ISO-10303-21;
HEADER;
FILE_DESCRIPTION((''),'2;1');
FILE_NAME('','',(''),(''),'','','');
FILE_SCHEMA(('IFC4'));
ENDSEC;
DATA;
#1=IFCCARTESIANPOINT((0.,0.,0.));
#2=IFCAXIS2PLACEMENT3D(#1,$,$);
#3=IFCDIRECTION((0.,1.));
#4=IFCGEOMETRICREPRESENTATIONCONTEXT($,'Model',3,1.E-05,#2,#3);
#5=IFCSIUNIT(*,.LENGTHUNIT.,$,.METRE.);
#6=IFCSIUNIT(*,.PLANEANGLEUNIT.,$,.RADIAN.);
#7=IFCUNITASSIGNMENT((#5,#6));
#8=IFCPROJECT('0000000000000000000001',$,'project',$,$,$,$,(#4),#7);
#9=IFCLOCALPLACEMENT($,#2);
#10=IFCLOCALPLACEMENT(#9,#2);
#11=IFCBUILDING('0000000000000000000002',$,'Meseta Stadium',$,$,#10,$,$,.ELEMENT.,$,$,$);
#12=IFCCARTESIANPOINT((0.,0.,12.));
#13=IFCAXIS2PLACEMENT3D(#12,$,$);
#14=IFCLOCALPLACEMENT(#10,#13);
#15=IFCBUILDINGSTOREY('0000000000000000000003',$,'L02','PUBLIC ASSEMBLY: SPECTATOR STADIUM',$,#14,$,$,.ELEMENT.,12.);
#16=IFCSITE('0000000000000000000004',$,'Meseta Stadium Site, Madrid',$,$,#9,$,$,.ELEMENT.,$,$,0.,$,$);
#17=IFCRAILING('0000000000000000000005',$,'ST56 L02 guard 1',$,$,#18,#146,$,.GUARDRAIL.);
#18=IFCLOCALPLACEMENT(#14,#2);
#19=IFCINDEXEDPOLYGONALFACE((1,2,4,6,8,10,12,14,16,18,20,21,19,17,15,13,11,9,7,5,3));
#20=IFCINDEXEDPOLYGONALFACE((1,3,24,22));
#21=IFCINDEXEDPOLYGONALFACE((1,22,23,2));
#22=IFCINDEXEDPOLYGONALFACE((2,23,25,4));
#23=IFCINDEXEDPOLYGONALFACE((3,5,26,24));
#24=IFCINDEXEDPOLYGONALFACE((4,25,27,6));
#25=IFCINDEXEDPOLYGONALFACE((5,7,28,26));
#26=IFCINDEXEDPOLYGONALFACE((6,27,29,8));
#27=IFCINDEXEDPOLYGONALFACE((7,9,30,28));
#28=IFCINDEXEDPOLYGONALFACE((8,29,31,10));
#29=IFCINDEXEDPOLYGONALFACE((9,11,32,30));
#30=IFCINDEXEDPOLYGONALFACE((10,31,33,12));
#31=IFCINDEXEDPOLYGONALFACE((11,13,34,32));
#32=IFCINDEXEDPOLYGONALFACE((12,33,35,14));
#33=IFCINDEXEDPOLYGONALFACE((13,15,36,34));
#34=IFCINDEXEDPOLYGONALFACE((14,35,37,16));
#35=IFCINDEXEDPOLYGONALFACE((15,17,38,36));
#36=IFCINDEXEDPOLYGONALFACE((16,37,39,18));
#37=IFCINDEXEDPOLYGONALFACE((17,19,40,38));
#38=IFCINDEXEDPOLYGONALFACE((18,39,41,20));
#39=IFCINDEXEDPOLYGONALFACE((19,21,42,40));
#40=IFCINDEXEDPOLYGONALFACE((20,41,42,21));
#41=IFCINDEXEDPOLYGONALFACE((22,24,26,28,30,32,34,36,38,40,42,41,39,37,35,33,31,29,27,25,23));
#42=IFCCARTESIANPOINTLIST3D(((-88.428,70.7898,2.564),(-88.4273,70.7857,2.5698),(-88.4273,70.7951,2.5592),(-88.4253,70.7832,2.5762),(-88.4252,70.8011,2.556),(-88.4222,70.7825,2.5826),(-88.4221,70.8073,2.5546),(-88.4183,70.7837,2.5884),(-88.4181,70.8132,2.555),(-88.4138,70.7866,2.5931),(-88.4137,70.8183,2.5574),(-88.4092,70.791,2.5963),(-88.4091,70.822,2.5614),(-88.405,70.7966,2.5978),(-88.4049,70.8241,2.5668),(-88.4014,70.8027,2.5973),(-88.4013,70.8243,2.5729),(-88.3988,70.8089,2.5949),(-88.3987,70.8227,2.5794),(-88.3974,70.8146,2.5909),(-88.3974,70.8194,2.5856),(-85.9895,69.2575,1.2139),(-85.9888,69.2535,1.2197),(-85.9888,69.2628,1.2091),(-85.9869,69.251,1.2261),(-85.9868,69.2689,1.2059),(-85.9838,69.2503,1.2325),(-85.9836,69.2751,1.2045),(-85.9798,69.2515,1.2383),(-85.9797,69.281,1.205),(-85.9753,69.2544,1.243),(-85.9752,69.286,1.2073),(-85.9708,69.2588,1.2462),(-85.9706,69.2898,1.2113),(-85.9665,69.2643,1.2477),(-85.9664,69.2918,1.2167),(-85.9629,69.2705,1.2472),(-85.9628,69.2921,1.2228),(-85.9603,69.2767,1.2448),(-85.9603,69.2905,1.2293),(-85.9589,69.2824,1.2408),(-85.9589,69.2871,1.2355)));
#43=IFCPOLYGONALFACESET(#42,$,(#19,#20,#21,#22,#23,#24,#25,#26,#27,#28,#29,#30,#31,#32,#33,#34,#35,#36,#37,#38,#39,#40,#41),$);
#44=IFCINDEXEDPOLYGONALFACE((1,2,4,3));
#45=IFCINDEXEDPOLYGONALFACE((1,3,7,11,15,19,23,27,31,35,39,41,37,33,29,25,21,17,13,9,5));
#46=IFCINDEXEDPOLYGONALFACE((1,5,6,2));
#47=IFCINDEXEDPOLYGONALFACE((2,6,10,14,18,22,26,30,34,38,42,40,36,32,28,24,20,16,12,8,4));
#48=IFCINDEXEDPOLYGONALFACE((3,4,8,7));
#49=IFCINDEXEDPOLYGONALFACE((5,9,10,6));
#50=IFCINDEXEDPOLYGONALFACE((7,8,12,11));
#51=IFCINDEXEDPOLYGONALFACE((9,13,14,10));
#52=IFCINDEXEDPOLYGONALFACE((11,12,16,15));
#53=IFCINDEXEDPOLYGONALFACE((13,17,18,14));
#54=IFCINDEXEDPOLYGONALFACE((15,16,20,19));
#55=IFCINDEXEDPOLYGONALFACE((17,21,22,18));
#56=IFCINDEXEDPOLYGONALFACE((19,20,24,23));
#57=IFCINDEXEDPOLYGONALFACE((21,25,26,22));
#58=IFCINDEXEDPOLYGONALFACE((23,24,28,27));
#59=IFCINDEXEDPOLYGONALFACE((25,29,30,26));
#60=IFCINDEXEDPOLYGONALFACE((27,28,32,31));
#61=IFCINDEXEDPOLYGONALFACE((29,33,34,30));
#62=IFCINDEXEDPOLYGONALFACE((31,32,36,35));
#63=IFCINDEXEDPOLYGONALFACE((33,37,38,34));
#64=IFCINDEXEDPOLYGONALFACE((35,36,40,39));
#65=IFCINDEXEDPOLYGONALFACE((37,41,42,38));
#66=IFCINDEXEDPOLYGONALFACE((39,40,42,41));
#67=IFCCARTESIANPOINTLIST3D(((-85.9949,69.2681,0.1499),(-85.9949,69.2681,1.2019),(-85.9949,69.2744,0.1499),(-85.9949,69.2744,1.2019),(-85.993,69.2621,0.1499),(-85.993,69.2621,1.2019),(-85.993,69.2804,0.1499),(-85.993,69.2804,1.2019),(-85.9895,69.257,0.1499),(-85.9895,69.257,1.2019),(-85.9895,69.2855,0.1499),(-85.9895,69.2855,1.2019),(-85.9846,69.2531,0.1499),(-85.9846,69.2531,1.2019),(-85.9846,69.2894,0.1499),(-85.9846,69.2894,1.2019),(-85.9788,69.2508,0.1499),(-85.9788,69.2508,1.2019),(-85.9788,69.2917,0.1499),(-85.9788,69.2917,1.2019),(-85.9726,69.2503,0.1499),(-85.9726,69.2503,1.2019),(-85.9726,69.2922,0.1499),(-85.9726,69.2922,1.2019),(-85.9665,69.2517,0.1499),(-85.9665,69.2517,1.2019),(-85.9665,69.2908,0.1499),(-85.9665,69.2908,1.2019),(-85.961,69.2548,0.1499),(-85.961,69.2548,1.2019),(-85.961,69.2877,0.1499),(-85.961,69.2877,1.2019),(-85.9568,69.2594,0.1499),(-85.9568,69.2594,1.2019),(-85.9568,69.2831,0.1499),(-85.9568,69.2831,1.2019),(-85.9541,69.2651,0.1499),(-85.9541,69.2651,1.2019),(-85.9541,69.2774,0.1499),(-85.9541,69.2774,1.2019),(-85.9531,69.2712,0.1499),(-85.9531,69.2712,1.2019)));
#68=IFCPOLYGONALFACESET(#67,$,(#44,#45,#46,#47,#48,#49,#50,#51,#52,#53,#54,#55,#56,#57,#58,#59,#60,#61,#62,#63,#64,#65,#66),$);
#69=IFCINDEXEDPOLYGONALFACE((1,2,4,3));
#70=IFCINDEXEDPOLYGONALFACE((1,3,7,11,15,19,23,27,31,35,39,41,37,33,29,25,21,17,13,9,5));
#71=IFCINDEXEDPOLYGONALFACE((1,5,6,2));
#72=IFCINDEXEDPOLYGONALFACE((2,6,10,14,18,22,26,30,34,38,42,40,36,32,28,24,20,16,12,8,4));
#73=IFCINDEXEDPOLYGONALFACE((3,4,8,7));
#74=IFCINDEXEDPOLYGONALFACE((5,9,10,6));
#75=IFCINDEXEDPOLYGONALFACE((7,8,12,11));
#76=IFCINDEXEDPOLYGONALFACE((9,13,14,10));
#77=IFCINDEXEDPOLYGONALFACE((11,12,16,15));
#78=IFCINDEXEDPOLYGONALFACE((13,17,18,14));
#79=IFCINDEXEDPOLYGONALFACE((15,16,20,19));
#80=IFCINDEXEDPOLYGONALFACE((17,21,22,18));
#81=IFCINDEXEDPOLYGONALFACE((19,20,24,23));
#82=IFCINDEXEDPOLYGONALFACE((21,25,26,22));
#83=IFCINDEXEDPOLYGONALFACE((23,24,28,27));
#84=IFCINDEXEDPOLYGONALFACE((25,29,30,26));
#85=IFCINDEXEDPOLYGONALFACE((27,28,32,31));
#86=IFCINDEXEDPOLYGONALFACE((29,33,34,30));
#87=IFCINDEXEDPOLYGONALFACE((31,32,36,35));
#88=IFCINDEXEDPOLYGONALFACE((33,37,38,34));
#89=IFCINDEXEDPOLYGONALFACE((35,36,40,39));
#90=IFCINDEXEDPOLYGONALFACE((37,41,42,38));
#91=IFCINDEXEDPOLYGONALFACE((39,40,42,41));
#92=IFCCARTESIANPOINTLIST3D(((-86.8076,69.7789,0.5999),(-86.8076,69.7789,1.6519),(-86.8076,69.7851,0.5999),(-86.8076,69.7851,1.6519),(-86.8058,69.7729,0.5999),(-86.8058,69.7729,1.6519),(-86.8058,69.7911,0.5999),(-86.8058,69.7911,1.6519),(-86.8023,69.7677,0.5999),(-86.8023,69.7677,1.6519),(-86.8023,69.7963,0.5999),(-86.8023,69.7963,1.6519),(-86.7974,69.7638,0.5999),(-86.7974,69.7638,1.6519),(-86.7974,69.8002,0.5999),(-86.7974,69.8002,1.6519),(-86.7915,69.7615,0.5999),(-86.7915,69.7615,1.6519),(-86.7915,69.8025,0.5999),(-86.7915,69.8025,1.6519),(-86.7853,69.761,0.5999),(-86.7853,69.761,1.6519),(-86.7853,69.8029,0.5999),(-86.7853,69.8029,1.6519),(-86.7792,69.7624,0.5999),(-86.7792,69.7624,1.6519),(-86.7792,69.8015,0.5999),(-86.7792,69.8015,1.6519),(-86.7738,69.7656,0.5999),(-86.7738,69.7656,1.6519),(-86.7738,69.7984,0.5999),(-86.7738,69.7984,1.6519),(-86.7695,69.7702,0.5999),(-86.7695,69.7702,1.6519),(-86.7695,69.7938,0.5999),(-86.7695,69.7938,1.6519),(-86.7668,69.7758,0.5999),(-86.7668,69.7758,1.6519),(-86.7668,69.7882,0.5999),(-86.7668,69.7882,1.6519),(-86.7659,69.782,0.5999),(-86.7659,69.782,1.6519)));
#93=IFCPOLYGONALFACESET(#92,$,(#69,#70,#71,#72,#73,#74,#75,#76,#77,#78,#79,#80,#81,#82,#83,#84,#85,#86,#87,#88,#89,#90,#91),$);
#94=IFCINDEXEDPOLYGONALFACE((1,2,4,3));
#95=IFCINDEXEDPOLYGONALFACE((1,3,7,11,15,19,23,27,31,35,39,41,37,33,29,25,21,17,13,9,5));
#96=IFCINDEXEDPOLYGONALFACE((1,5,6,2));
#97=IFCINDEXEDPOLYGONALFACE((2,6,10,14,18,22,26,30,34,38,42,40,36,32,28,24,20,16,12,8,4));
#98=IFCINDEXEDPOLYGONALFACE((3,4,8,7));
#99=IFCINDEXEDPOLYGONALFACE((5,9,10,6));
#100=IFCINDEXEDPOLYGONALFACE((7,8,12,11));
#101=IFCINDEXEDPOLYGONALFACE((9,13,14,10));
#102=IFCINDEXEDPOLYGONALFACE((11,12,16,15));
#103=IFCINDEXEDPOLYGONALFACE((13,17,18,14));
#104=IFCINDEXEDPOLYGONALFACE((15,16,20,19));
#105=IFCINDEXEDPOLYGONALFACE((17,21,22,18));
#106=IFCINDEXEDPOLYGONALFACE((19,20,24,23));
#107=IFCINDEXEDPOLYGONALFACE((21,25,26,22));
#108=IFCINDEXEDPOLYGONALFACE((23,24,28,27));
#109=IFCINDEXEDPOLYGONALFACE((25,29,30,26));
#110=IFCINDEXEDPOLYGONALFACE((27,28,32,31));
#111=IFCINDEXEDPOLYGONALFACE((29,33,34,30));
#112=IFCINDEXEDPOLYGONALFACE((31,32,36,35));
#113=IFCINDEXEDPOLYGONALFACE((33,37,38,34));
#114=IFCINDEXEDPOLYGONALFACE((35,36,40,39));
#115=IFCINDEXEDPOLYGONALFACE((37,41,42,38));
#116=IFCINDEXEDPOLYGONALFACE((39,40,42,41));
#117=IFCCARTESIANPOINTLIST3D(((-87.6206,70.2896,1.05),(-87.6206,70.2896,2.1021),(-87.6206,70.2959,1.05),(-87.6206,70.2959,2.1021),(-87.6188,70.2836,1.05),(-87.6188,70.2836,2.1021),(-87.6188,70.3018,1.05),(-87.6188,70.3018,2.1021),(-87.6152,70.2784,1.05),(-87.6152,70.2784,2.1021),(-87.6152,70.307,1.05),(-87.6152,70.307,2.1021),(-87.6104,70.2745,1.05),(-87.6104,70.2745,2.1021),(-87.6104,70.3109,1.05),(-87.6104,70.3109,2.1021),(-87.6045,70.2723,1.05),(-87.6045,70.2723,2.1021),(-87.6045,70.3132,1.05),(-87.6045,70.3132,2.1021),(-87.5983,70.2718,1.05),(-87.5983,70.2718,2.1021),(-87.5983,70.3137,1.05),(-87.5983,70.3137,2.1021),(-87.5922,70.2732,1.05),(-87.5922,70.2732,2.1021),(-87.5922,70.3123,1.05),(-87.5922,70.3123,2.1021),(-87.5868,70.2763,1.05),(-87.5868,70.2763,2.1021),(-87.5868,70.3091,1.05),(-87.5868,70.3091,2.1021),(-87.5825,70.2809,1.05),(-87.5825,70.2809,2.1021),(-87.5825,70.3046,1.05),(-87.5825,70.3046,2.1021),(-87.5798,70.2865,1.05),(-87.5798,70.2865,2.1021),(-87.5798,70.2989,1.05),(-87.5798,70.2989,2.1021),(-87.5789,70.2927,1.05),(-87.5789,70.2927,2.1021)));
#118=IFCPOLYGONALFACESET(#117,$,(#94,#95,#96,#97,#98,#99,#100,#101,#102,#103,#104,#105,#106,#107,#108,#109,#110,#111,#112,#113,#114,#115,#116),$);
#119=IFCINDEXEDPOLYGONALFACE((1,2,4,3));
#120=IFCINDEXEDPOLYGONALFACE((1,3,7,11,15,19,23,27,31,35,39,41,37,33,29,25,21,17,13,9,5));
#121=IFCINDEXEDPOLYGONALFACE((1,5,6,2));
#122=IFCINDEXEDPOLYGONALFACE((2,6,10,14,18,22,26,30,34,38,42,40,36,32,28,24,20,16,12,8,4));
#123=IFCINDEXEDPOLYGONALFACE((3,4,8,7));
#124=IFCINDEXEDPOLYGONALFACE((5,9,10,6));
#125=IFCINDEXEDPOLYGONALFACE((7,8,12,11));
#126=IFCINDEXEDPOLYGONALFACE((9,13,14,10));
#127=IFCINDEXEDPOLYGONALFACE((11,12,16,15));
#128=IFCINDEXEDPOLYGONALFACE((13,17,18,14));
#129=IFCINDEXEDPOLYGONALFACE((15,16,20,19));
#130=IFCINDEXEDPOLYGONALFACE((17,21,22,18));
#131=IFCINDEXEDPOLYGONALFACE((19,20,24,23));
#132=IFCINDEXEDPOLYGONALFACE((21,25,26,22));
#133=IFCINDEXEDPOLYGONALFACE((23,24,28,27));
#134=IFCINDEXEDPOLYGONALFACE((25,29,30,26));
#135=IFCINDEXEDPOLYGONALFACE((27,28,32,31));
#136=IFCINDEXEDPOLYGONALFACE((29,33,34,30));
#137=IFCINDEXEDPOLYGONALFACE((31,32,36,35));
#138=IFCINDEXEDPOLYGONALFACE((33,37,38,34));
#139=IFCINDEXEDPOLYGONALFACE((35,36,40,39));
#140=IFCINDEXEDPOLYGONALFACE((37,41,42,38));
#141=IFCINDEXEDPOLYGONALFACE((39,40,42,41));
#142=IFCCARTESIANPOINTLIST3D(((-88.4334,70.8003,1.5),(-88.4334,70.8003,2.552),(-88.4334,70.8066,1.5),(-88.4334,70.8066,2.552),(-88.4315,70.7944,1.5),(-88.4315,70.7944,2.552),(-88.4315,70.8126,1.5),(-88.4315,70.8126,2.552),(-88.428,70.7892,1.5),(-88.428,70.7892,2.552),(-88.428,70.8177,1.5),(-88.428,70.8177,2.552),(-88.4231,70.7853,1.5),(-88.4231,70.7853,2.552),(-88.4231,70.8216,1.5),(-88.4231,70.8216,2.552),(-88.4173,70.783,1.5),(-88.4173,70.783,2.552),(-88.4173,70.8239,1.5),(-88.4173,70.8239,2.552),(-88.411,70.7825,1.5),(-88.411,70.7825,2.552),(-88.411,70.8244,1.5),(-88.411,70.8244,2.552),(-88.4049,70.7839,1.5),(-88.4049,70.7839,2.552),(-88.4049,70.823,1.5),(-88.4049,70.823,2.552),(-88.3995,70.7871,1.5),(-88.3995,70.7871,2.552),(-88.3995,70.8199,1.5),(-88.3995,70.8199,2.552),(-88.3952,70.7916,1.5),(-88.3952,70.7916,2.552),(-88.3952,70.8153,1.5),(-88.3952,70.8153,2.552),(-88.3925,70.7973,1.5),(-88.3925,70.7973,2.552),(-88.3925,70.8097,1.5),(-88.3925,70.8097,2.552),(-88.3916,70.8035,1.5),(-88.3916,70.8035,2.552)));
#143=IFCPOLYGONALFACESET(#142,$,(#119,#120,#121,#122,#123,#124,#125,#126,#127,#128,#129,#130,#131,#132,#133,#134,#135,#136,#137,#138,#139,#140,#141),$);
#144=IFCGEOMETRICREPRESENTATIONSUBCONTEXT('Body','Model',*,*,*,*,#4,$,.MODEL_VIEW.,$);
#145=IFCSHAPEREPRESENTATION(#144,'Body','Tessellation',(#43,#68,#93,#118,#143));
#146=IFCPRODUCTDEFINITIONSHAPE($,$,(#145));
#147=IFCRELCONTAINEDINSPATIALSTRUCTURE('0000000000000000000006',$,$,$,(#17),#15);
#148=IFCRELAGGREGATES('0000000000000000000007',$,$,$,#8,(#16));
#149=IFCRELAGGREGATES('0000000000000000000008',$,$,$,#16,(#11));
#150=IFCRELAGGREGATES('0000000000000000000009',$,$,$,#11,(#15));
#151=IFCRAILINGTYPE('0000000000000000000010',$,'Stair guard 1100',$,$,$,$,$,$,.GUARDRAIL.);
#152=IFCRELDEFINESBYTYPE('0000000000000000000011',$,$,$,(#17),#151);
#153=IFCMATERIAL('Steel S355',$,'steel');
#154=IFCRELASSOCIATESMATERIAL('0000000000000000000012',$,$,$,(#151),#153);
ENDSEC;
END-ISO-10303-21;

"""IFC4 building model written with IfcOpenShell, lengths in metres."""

from ifc_helpers import new_model, si_unit, direction, frame, origin, origin_2d, place, context, subcontext, project, spatial, circle, extrude, material, type_object, element, save


model = new_model("IFC4")

# Units and contexts
model_context = context("Model", 3, precision=1e-05, world=origin(), true_north=direction((0.0, 1.0)))
body_context = subcontext(model_context, "Body", "Model", "MODEL_VIEW")
ifc_project = project(units=[si_unit("LENGTHUNIT", "METRE"), si_unit("PLANEANGLEUNIT", "RADIAN")], contexts=[model_context])

# Site, building, storey
site_placement = place(None, origin())
site = spatial("IfcSite", under=ifc_project, at=site_placement, Name="Meseta Stadium Site, Madrid", CompositionType="ELEMENT", RefElevation=0.0)
building_placement = place(site_placement, origin())
building = spatial("IfcBuilding", under=site, at=building_placement, Name="Meseta Stadium", CompositionType="ELEMENT")
storey_placement = place(building_placement, frame((0.0, 0.0, 12.0)))
storey = spatial("IfcBuildingStorey", under=building, at=storey_placement, Name="L02", Description="PUBLIC ASSEMBLY: SPECTATOR STADIUM", CompositionType="ELEMENT", Elevation=12.0)

# Railing
ifc_material_1 = material(Name="Steel S355", Category="steel")
railing_type_1 = type_object("IfcRailingType", Name="Stair guard 1100", PredefinedType="GUARDRAIL", material=ifc_material_1)
railing_1_placement = place(storey_placement, frame((-85.9741, 69.2712, 0.1499)))
element("IfcRailing", 1, at=railing_1_placement, inside=storey, type_object=railing_type_1, Name="ST56 L02 guard 1", PredefinedType="GUARDRAIL", context=body_context, shape_type="SweptSolid", body=[
    extrude(circle(Radius=0.0239, at=origin_2d()), frame((0.0, 0.0, 1.0762), z_axis=(-0.766655, 0.481731, 0.42447), x_axis=(-0.53204, -0.846719, 0.0)), (0.0, 0.0, 1.0), 3.1807),
    extrude(circle(Radius=0.021, at=origin_2d()), origin(), (0.0, 0.0, 1.0), 1.052),
    extrude(circle(Radius=0.021, at=origin_2d()), frame((-0.8127, 0.5107, 0.45)), (0.0, 0.0, 1.0), 1.052),
    extrude(circle(Radius=0.021, at=origin_2d()), frame((-1.6257, 1.0215, 0.9001)), (0.0, 0.0, 1.0), 1.052),
    extrude(circle(Radius=0.021, at=origin_2d()), frame((-2.4385, 1.5322, 1.3501)), (0.0, 0.0, 1.0), 1.052),
])

save(model, "model.ifc")
